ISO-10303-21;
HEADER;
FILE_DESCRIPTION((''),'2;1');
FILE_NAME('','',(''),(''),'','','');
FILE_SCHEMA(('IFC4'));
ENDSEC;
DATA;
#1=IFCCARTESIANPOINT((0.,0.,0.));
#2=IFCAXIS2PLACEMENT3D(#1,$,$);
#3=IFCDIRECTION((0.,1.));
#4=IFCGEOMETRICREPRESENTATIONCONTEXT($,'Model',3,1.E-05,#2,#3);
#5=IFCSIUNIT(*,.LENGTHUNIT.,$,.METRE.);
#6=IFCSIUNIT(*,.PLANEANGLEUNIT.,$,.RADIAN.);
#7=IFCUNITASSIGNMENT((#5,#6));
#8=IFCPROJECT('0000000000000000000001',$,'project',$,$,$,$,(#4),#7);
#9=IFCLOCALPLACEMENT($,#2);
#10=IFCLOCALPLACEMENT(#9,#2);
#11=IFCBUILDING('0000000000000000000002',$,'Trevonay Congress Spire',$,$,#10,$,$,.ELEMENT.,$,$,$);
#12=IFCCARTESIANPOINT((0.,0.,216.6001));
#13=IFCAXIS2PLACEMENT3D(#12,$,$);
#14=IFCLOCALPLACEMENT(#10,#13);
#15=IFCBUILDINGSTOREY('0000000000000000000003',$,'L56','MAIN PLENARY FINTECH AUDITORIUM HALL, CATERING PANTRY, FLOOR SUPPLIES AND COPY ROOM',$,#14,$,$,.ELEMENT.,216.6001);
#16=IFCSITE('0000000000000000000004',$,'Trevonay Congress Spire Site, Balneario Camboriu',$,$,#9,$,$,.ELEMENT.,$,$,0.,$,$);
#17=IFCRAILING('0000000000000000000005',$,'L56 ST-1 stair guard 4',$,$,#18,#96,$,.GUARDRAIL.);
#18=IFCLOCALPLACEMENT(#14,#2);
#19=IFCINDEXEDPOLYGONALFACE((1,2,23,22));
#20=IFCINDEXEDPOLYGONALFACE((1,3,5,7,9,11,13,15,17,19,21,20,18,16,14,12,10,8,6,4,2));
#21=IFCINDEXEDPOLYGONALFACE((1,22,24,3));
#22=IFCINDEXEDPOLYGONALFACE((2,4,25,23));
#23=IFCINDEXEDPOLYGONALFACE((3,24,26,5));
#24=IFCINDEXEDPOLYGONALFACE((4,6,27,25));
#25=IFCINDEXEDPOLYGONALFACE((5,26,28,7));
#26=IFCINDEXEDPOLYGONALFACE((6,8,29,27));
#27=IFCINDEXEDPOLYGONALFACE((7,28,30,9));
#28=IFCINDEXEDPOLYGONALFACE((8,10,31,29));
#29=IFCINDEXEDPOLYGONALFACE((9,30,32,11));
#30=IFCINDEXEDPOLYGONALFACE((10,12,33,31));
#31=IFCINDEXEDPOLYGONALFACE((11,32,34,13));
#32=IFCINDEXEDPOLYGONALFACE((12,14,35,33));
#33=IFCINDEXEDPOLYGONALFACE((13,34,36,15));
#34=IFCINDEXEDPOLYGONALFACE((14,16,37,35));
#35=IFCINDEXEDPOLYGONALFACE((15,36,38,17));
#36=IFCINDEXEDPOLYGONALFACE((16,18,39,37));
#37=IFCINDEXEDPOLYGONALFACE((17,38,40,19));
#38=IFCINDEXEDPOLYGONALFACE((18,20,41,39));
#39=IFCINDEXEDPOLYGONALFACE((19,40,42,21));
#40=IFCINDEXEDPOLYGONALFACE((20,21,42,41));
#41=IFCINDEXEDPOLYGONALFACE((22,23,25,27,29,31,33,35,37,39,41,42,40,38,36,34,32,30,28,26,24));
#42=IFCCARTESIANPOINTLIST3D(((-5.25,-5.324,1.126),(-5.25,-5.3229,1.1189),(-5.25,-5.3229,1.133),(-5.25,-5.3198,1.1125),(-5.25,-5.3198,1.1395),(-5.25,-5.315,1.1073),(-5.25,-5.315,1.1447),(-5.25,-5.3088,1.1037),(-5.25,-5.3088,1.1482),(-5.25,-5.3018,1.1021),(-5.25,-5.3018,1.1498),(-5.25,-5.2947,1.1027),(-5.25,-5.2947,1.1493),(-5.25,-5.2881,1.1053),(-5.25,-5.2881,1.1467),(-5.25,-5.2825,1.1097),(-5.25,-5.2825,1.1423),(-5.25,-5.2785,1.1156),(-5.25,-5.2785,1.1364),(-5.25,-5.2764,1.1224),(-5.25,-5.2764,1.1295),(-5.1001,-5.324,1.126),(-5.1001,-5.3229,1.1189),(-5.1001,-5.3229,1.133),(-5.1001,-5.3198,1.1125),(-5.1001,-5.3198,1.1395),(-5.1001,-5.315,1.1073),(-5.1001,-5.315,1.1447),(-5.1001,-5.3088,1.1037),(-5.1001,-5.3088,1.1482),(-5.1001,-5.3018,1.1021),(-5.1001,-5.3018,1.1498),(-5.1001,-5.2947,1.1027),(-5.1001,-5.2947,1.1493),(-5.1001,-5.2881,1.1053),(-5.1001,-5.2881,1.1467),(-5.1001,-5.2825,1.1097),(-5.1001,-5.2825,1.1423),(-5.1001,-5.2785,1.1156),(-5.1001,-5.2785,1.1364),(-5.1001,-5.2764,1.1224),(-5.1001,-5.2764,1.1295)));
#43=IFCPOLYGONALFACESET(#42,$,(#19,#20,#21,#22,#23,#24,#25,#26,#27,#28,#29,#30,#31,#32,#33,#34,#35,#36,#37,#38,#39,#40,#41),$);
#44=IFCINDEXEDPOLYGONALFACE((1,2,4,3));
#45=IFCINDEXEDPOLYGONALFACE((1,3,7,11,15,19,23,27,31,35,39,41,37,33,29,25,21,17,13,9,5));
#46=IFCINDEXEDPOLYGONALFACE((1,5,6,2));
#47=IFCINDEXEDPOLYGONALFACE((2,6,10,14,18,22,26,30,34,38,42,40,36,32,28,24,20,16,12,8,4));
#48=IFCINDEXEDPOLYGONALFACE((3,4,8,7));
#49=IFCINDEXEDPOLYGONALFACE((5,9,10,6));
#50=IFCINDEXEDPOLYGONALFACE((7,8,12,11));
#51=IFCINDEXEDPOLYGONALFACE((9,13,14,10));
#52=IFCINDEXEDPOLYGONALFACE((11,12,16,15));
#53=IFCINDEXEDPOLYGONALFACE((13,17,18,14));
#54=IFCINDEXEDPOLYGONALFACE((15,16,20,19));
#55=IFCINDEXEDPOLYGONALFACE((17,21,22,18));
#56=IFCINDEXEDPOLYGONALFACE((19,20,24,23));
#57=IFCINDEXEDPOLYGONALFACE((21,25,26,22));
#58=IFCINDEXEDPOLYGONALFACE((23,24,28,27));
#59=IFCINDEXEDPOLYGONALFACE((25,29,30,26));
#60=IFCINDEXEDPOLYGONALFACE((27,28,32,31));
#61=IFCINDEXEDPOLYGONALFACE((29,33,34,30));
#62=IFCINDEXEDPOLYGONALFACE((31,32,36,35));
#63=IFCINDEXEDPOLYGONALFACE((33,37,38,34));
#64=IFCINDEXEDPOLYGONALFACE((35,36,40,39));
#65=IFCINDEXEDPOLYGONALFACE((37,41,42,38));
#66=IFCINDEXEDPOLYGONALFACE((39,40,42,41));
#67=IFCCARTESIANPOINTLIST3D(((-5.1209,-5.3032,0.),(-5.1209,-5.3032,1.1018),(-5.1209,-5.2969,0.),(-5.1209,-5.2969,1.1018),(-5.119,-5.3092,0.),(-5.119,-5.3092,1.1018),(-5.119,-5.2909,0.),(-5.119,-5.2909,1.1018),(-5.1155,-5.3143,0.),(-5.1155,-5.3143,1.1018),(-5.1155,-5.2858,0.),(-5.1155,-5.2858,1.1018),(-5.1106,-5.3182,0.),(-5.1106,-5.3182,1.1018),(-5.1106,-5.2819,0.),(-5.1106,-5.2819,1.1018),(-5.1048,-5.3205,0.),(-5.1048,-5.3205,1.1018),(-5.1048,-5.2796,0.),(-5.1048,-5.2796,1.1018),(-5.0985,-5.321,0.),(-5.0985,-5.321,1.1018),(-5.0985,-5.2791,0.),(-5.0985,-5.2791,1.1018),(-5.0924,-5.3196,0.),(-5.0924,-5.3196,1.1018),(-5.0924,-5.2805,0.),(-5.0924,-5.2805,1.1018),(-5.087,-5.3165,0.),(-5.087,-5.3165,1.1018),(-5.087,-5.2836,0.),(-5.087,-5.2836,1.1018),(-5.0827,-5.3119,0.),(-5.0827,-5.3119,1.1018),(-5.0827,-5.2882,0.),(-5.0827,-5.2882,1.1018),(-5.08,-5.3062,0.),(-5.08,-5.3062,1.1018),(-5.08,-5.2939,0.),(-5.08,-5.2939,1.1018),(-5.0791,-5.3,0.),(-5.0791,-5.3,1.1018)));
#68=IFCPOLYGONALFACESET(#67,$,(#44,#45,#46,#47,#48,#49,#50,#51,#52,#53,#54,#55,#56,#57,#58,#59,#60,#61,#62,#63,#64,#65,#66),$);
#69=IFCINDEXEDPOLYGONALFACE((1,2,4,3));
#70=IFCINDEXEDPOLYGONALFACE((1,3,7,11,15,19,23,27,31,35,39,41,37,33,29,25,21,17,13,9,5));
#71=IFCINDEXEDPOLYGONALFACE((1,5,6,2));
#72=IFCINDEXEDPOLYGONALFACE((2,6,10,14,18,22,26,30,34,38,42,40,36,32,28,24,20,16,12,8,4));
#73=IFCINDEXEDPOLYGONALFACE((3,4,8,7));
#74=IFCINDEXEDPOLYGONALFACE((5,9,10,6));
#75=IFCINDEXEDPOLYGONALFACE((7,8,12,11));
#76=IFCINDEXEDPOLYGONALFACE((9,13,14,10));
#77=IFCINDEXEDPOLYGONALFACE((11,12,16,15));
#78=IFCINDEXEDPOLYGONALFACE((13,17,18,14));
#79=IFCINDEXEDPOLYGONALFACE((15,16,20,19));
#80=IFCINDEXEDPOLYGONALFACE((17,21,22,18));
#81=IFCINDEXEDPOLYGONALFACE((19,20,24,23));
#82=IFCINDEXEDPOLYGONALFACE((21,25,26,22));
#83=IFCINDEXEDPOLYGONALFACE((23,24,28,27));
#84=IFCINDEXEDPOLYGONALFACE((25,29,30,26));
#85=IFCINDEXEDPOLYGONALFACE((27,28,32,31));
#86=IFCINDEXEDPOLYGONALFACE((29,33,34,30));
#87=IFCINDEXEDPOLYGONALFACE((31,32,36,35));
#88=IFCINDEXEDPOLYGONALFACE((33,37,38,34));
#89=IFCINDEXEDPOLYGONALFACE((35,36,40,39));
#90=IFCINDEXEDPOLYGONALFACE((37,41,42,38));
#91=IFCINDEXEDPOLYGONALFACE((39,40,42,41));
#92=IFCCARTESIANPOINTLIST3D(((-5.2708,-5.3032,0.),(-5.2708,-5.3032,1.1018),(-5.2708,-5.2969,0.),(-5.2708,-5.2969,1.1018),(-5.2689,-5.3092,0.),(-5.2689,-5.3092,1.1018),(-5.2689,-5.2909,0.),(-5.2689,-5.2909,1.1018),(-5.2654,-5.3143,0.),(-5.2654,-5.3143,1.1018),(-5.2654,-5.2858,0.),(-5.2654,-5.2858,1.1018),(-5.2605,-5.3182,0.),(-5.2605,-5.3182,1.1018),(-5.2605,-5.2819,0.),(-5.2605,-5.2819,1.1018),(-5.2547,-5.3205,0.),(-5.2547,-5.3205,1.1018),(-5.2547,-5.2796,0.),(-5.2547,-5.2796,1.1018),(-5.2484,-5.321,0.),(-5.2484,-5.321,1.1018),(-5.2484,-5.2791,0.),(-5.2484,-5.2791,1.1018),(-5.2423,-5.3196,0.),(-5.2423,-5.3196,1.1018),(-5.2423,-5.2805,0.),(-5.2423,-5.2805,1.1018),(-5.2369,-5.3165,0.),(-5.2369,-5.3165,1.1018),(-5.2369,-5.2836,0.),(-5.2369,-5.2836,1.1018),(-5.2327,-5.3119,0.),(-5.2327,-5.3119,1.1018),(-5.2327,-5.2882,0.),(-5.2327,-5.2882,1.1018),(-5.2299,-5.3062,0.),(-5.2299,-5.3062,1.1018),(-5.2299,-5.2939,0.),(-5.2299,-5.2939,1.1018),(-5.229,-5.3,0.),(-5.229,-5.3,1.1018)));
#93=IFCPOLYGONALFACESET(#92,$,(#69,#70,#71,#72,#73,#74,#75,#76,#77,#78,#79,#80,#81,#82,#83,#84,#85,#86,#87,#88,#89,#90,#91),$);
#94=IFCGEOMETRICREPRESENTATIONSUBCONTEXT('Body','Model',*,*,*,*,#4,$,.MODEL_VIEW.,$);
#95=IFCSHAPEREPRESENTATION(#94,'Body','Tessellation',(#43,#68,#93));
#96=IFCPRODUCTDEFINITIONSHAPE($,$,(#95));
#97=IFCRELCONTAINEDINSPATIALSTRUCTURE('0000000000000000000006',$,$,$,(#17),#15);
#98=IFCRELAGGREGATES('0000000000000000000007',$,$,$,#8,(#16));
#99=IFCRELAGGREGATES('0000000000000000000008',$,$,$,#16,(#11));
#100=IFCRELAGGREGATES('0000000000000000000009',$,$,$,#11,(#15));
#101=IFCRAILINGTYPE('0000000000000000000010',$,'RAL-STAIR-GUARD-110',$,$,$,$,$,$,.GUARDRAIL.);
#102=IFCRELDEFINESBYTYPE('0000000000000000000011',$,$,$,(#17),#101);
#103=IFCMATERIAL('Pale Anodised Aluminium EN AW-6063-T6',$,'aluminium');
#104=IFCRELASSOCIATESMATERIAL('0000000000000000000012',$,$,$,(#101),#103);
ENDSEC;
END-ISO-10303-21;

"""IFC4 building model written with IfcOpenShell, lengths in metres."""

from ifc_helpers import new_model, si_unit, direction, frame, origin, origin_2d, place, context, subcontext, project, spatial, circle, extrude, material, type_object, element, save


model = new_model("IFC4")

# Units and contexts
model_context = context("Model", 3, precision=1e-05, world=origin(), true_north=direction((0.0, 1.0)))
body_context = subcontext(model_context, "Body", "Model", "MODEL_VIEW")
ifc_project = project(units=[si_unit("LENGTHUNIT", "METRE"), si_unit("PLANEANGLEUNIT", "RADIAN")], contexts=[model_context])

# Site, building, storey
site_placement = place(None, origin())
site = spatial("IfcSite", under=ifc_project, at=site_placement, Name="Trevonay Congress Spire Site, Balneario Camboriu", CompositionType="ELEMENT", RefElevation=0.0)
building_placement = place(site_placement, origin())
building = spatial("IfcBuilding", under=site, at=building_placement, Name="Trevonay Congress Spire", CompositionType="ELEMENT")
storey_placement = place(building_placement, frame((0.0, 0.0, 216.6001)))
storey = spatial("IfcBuildingStorey", under=building, at=storey_placement, Name="L56", Description="MAIN PLENARY FINTECH AUDITORIUM HALL, CATERING PANTRY, FLOOR SUPPLIES AND COPY ROOM", CompositionType="ELEMENT", Elevation=216.6001)

# Shared definitions
ifc_material_1 = material(Name="Pale Anodised Aluminium EN AW-6063-T6", Category="aluminium")

# Railing
railing_type_1 = type_object("IfcRailingType", Name="RAL-STAIR-GUARD-110", PredefinedType="GUARDRAIL", material=ifc_material_1)
railing_1_placement = place(storey_placement, frame((-5.1001, -5.3, 0.0)))
element("IfcRailing", 1, at=railing_1_placement, inside=storey, type_object=railing_type_1, Name="L56 ST-1 stair guard 4", PredefinedType="GUARDRAIL", context=body_context, shape_type="SweptSolid", body=[
    extrude(circle(Radius=0.0239, at=origin_2d()), frame((0.0, 0.0, 1.126), z_axis=(-1.0, 0.0, 0.0), x_axis=(0.0, -1.0, 0.0)), (0.0, 0.0, 1.0), 0.1499),
    extrude(circle(Radius=0.021, at=origin_2d()), origin(), (0.0, 0.0, 1.0), 1.1018),
    extrude(circle(Radius=0.021, at=origin_2d()), frame((-0.1499, 0.0, 0.0)), (0.0, 0.0, 1.0), 1.1018),
])

save(model, "model.ifc")
